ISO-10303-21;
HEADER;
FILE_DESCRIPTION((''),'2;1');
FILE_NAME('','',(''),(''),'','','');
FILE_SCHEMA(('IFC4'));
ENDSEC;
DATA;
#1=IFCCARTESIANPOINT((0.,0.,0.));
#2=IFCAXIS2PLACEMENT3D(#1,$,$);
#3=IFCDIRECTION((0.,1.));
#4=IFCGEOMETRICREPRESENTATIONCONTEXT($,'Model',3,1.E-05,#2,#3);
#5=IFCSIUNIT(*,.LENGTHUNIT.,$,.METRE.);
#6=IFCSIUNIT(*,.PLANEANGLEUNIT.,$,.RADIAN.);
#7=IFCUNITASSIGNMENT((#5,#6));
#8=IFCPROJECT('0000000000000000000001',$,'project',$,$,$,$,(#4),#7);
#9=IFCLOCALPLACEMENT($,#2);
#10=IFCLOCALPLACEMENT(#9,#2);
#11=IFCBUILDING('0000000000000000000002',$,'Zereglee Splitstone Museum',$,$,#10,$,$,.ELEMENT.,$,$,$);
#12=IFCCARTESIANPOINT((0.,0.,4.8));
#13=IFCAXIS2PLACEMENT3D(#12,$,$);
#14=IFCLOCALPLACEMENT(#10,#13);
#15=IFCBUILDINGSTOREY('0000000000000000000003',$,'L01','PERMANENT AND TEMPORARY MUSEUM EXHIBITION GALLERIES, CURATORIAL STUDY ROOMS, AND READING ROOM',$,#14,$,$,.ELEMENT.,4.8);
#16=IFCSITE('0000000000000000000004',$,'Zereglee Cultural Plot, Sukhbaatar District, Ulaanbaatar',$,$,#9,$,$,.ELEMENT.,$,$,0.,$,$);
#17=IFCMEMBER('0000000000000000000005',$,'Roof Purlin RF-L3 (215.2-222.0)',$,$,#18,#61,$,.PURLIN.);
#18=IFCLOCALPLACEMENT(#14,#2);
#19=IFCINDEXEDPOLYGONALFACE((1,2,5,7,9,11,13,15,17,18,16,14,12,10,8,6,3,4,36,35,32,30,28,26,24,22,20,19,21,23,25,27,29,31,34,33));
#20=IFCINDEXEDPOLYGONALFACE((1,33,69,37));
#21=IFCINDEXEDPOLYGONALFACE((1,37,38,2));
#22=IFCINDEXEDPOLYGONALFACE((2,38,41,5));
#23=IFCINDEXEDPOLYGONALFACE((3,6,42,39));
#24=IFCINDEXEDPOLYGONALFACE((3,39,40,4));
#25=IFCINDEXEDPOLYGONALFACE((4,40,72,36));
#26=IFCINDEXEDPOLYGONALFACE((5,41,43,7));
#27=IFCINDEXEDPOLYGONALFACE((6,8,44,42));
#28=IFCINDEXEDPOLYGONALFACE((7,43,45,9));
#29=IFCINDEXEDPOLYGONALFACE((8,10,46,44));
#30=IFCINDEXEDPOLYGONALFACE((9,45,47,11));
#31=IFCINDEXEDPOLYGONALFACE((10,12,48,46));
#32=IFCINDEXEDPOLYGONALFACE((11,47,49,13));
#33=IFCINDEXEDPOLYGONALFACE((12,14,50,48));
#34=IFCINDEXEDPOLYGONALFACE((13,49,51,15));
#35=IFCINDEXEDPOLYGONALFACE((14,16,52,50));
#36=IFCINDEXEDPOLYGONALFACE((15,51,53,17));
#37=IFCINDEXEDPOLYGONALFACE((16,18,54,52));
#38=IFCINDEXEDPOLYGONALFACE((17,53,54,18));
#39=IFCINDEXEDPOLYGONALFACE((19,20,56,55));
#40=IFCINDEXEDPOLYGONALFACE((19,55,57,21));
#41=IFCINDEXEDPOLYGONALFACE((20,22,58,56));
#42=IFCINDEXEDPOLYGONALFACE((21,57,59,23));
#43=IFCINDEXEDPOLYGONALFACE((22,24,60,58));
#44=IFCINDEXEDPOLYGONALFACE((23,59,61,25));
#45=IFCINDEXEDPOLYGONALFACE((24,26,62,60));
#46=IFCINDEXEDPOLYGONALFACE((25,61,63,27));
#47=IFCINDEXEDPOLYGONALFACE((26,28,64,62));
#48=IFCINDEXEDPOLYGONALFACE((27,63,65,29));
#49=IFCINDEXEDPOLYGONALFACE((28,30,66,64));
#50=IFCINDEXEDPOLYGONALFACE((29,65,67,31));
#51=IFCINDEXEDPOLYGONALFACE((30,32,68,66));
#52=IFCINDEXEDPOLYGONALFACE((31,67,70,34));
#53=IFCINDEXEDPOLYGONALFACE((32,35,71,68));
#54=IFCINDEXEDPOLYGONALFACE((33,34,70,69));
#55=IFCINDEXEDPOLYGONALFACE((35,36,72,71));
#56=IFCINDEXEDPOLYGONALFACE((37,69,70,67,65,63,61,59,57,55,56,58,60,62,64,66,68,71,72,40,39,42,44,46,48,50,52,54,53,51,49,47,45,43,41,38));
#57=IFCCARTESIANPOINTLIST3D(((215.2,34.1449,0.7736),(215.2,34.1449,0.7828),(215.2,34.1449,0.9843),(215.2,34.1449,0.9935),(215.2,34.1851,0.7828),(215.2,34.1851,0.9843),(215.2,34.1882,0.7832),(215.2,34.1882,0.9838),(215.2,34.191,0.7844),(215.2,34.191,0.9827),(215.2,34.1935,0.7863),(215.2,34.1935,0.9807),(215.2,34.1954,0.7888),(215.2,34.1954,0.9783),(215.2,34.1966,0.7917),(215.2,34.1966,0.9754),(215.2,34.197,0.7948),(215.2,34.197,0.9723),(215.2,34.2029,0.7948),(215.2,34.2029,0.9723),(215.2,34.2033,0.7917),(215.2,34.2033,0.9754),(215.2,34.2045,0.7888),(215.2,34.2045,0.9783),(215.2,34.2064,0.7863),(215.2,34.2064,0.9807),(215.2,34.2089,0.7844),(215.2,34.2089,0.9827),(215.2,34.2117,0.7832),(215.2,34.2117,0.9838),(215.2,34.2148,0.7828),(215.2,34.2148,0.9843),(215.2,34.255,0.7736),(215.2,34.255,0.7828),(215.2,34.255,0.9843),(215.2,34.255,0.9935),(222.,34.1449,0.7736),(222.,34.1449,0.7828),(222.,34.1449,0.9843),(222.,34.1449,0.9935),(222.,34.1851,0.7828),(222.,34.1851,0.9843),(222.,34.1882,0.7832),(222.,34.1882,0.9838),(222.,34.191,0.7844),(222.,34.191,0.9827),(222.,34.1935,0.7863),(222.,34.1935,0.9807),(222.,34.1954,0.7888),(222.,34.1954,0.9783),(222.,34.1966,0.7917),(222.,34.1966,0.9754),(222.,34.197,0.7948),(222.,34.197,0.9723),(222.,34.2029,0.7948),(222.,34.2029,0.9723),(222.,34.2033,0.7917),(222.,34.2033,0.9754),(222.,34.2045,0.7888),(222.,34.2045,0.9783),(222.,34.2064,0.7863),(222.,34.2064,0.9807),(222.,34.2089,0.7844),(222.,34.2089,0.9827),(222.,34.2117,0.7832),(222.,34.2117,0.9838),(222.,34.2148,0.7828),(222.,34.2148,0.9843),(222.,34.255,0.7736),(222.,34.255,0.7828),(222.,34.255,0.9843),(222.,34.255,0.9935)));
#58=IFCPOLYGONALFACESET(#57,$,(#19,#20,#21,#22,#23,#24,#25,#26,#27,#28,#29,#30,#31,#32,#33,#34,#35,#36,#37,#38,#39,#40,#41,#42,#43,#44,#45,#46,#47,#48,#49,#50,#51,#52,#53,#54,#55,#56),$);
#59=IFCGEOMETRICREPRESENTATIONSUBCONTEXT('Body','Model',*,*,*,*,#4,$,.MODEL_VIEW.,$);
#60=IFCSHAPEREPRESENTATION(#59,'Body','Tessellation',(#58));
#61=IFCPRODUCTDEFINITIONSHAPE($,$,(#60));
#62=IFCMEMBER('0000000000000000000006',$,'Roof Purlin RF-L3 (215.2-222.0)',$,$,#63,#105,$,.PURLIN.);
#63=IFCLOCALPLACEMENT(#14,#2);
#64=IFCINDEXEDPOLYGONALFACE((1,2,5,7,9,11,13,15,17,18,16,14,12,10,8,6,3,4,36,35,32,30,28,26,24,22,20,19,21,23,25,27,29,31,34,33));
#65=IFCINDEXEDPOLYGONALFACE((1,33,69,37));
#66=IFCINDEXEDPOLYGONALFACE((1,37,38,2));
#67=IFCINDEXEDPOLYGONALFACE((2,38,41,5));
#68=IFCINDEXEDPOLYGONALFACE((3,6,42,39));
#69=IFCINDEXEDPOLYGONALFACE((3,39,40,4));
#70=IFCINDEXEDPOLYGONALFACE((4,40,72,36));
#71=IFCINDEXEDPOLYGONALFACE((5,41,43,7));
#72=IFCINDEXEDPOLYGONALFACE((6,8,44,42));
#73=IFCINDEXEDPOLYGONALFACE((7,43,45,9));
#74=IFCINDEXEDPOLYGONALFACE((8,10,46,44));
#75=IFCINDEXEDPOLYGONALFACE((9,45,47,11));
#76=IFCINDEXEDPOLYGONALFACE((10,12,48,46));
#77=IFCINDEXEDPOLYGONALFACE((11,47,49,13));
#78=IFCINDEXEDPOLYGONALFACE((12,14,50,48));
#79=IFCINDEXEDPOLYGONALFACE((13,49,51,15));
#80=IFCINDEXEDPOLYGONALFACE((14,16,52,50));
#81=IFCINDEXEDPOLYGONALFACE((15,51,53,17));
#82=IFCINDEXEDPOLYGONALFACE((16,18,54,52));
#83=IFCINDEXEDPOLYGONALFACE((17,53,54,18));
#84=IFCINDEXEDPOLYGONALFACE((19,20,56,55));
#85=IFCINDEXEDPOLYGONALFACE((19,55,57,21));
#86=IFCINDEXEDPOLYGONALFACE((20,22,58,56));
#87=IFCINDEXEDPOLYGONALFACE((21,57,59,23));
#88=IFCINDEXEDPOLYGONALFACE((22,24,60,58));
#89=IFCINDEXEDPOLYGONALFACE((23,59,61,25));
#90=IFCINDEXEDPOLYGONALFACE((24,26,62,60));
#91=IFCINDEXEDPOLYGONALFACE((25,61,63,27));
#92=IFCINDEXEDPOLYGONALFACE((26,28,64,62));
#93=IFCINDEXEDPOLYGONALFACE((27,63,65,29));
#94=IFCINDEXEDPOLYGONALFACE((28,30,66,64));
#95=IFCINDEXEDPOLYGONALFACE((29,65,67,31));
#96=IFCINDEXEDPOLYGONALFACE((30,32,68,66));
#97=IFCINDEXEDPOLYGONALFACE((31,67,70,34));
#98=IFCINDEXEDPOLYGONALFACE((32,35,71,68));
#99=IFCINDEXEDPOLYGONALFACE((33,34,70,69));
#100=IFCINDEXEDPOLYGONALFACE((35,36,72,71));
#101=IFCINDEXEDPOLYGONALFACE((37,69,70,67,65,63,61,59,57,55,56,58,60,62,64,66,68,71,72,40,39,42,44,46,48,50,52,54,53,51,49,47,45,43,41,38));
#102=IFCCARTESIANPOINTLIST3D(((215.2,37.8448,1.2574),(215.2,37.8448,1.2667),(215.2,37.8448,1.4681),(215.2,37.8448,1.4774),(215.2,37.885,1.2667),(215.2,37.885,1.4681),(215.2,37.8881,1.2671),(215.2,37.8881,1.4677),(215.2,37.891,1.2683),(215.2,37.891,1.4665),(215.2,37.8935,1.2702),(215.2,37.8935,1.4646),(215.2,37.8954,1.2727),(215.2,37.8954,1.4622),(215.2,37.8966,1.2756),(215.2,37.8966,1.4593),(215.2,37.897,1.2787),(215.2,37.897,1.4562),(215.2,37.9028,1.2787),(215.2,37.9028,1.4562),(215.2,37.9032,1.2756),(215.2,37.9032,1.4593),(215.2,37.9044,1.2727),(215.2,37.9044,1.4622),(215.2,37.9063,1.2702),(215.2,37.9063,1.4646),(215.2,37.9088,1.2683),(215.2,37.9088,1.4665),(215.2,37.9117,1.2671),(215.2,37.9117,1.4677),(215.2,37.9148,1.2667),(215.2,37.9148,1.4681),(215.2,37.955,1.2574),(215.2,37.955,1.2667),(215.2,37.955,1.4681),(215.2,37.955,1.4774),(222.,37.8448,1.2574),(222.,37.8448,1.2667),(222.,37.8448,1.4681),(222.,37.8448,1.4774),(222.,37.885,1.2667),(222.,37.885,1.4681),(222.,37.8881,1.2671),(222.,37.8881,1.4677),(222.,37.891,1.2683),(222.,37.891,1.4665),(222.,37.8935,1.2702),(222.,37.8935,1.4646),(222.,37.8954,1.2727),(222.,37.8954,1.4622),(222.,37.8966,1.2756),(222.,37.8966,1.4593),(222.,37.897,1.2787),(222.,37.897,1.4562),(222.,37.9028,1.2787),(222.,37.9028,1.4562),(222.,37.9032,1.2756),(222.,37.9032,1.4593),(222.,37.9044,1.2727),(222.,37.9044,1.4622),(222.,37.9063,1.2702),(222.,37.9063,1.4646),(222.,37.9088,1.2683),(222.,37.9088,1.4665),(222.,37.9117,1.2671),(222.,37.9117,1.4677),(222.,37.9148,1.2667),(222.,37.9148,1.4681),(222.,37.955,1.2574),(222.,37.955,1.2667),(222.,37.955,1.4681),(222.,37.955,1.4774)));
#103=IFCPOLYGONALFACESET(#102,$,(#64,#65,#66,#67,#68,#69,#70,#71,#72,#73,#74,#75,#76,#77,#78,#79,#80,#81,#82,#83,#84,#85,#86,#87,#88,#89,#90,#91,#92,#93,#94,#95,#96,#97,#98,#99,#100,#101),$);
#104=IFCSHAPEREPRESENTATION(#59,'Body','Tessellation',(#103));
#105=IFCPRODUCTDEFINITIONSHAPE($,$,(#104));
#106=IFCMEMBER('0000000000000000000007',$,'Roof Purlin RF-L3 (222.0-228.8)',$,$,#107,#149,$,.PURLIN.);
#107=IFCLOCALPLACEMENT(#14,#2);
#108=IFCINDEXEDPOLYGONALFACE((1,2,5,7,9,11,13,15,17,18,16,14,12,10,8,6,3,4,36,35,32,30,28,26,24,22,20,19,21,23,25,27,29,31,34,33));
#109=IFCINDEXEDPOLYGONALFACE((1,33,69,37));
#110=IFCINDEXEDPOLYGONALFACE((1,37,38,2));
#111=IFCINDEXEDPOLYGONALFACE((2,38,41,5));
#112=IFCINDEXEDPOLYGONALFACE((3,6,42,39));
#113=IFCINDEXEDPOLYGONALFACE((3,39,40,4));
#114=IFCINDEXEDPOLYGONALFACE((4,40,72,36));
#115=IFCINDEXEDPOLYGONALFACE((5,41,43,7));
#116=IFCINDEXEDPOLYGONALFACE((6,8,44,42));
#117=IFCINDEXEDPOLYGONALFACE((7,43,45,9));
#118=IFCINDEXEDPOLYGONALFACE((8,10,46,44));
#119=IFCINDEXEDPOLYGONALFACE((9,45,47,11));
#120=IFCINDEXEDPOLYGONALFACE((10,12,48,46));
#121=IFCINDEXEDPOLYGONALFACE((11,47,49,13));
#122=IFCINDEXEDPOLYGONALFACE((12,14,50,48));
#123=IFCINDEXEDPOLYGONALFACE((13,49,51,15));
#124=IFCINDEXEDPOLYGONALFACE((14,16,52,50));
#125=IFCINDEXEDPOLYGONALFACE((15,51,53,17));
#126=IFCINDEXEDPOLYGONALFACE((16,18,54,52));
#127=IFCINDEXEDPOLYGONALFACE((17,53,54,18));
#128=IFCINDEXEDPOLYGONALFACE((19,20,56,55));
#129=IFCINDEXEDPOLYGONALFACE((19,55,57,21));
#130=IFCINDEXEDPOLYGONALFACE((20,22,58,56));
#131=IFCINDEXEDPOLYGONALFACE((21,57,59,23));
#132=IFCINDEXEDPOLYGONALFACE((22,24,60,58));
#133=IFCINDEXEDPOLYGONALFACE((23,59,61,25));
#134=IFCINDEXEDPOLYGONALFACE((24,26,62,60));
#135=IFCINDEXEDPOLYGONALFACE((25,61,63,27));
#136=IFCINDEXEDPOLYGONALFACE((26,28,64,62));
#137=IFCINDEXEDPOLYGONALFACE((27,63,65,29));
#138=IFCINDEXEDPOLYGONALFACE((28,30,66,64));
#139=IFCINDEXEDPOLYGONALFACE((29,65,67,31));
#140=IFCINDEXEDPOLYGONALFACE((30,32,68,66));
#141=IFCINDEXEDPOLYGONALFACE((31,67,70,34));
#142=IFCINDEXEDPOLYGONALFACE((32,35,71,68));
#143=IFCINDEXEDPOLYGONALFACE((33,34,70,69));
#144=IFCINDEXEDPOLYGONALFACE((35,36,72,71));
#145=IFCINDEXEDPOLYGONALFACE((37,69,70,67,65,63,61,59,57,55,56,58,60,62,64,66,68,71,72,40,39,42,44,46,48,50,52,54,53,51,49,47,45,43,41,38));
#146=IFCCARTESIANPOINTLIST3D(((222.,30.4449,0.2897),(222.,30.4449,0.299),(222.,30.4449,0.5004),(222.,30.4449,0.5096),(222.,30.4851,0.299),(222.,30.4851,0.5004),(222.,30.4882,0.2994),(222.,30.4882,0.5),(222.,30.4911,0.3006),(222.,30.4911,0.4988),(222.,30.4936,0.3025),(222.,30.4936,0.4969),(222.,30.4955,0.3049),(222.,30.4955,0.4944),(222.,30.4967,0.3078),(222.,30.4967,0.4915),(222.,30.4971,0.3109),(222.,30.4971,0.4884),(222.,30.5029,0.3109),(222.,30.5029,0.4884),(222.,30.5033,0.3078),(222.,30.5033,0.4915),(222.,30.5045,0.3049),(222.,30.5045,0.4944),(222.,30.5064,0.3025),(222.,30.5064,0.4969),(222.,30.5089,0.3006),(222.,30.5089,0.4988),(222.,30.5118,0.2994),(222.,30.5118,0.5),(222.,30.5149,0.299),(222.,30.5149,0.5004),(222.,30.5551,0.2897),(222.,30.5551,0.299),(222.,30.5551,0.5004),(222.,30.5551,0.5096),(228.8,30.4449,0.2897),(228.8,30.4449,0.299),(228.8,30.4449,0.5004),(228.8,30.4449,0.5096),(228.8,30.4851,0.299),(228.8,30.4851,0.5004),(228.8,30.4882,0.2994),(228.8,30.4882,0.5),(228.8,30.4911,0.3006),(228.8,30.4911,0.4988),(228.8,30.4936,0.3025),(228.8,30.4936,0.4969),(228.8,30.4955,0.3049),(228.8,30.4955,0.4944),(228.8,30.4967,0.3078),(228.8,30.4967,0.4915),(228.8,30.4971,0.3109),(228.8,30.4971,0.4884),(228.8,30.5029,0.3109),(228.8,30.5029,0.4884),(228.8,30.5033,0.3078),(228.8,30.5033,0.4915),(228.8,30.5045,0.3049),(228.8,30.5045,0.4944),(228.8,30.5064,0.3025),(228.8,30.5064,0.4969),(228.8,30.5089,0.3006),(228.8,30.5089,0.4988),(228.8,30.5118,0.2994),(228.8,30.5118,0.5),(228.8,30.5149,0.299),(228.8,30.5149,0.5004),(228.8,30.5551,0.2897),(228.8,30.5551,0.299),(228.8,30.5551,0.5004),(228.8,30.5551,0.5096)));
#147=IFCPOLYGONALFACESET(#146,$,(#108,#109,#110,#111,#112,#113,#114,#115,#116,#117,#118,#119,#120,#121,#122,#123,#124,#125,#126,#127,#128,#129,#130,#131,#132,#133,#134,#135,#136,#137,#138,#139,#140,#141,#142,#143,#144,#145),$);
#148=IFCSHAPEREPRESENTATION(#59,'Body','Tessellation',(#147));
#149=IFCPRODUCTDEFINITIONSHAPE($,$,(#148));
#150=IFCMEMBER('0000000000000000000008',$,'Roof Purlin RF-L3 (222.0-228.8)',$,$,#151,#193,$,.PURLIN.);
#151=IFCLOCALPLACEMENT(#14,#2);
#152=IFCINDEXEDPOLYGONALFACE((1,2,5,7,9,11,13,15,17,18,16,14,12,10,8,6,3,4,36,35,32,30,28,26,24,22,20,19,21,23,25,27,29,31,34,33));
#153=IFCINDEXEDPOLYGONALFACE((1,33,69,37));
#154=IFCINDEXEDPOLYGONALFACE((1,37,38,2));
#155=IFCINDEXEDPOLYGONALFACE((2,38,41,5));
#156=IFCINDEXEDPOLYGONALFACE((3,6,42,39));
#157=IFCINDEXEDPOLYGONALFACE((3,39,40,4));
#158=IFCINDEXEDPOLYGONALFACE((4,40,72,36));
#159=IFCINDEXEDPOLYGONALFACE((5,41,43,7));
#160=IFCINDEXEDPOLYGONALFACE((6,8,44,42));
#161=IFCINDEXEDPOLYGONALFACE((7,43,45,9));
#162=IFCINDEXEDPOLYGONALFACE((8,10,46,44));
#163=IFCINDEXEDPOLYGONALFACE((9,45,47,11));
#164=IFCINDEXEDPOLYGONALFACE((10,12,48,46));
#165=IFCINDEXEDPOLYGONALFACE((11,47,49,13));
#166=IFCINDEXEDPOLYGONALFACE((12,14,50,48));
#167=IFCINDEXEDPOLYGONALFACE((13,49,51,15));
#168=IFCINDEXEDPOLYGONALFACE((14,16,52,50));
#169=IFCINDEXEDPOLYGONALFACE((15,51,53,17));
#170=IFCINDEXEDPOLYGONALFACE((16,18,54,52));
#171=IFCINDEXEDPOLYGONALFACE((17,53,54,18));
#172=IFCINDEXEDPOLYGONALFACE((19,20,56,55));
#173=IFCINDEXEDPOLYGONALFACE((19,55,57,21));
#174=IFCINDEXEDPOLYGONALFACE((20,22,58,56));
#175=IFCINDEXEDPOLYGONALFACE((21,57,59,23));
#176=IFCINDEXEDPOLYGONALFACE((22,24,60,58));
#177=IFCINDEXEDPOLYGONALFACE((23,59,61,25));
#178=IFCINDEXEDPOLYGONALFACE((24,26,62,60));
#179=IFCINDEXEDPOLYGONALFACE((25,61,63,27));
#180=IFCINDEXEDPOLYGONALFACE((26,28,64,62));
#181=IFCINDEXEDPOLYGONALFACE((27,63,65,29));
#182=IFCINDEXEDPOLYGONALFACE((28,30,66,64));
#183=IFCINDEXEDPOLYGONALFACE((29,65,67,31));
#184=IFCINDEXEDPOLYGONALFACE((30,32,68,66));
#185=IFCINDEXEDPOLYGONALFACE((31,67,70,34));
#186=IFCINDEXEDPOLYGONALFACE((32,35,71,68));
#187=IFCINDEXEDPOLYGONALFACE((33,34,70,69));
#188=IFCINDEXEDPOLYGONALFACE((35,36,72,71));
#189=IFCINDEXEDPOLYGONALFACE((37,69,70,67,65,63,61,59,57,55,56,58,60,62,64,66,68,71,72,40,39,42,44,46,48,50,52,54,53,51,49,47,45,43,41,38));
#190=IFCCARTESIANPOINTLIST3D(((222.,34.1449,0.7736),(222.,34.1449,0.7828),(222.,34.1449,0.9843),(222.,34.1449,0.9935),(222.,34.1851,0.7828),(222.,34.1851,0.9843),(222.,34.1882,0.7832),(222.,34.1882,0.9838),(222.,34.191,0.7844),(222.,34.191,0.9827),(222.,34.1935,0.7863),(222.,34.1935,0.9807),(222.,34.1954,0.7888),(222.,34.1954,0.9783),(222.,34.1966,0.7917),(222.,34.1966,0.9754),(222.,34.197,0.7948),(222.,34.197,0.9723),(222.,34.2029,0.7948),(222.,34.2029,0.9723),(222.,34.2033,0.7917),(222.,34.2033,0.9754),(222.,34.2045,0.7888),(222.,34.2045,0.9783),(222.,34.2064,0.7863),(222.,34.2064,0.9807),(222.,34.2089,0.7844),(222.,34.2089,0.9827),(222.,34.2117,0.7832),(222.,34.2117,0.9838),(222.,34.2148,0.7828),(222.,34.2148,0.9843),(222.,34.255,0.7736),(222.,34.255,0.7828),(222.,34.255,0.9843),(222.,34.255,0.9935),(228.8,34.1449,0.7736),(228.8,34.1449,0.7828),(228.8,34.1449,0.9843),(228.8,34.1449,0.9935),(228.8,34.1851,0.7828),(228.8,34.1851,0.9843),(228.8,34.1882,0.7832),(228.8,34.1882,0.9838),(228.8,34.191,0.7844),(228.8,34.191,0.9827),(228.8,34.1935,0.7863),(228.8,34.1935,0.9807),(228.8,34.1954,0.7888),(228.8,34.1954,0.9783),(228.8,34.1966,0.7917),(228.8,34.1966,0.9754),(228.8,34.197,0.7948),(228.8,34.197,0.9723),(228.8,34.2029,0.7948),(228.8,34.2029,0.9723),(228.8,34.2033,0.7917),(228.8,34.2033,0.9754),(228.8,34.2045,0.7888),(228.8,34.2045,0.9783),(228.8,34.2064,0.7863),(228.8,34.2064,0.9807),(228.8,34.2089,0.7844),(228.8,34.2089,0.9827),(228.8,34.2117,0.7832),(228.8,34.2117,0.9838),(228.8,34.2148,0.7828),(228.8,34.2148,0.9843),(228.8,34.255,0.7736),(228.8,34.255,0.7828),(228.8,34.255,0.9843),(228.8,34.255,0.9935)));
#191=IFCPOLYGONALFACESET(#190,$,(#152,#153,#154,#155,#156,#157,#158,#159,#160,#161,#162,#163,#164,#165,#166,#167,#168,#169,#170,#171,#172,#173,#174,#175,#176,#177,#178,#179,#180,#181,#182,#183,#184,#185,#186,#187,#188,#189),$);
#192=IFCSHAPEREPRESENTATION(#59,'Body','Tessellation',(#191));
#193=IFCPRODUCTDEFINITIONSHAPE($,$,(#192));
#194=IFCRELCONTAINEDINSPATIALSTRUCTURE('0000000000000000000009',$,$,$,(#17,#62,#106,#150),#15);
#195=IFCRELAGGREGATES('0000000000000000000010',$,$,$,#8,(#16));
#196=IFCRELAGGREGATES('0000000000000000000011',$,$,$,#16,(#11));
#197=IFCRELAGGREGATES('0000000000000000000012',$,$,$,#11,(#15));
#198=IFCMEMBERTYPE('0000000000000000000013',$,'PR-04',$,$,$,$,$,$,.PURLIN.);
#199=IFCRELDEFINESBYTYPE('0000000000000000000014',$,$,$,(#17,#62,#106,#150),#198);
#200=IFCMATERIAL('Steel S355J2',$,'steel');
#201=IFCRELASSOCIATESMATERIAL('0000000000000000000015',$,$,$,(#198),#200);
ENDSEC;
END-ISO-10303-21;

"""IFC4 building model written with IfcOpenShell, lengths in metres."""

from ifc_helpers import new_model, si_unit, direction, frame, origin, origin_2d, place, context, subcontext, project, spatial, i_section, extrude, material, material_profile, profile_set, type_object, element, save


model = new_model("IFC4")

# Units and contexts
model_context = context("Model", 3, precision=1e-05, world=origin(), true_north=direction((0.0, 1.0)))
body_context = subcontext(model_context, "Body", "Model", "MODEL_VIEW")
ifc_project = project(units=[si_unit("LENGTHUNIT", "METRE"), si_unit("PLANEANGLEUNIT", "RADIAN")], contexts=[model_context])

# Site, building, storey
site_placement = place(None, origin())
site = spatial("IfcSite", under=ifc_project, at=site_placement, Name="Zereglee Cultural Plot, Sukhbaatar District, Ulaanbaatar", CompositionType="ELEMENT", RefElevation=0.0)
building_placement = place(site_placement, origin())
building = spatial("IfcBuilding", under=site, at=building_placement, Name="Zereglee Splitstone Museum", CompositionType="ELEMENT")
storey_placement = place(building_placement, frame((0.0, 0.0, 4.8)))
storey = spatial("IfcBuildingStorey", under=building, at=storey_placement, Name="L01", Description="PERMANENT AND TEMPORARY MUSEUM EXHIBITION GALLERIES, CURATORIAL STUDY ROOMS, AND READING ROOM", CompositionType="ELEMENT", Elevation=4.8)

# Shared definitions
ifc_material_1 = material(Name="Steel S355J2", Category="steel")

# Members
ifc_material_profile_1 = material_profile(ifc_material_1, i_section(OverallWidth=0.1101, OverallDepth=0.22, WebThickness=0.0059, FlangeThickness=0.0093, FilletRadius=0.012, at=origin_2d()), Name="IPE 220")
ifc_profile_set_1 = profile_set([ifc_material_profile_1], Name="Steel S355J2")
member_type_1 = type_object("IfcMemberType", Name="PR-04", PredefinedType="PURLIN", material=ifc_profile_set_1)
for number, where, z_axis, x_axis, name in (
    (1, (215.2, 34.2, 0.8835), (1.0, 0.0, 0.0), (0.0, 1.0, 0.0), "Roof Purlin RF-L3 (215.2-222.0)"),
    (2, (215.2, 37.8999, 1.3674), (1.0, 0.0, 0.0), (0.0, 1.0, 0.0), "Roof Purlin RF-L3 (215.2-222.0)"),
    (3, (222.0, 30.5, 0.3997), (1.0, 0.0, 0.0), (0.0, 1.0, 0.0), "Roof Purlin RF-L3 (222.0-228.8)"),
    (4, (222.0, 34.2, 0.8835), (1.0, 0.0, 0.0), (0.0, 1.0, 0.0), "Roof Purlin RF-L3 (222.0-228.8)"),
):
    element("IfcMember", number, at=place(storey_placement, frame(where, z_axis=z_axis, x_axis=x_axis)), inside=storey, type_object=member_type_1, Name=name, PredefinedType="PURLIN", context=body_context, shape_type="SweptSolid", body=[
        extrude(i_section(OverallWidth=0.1101, OverallDepth=0.22, WebThickness=0.0059, FlangeThickness=0.0093, FilletRadius=0.012, at=origin_2d()), origin(), (0.0, 0.0, 1.0), 6.8),
    ])

save(model, "model.ifc")
